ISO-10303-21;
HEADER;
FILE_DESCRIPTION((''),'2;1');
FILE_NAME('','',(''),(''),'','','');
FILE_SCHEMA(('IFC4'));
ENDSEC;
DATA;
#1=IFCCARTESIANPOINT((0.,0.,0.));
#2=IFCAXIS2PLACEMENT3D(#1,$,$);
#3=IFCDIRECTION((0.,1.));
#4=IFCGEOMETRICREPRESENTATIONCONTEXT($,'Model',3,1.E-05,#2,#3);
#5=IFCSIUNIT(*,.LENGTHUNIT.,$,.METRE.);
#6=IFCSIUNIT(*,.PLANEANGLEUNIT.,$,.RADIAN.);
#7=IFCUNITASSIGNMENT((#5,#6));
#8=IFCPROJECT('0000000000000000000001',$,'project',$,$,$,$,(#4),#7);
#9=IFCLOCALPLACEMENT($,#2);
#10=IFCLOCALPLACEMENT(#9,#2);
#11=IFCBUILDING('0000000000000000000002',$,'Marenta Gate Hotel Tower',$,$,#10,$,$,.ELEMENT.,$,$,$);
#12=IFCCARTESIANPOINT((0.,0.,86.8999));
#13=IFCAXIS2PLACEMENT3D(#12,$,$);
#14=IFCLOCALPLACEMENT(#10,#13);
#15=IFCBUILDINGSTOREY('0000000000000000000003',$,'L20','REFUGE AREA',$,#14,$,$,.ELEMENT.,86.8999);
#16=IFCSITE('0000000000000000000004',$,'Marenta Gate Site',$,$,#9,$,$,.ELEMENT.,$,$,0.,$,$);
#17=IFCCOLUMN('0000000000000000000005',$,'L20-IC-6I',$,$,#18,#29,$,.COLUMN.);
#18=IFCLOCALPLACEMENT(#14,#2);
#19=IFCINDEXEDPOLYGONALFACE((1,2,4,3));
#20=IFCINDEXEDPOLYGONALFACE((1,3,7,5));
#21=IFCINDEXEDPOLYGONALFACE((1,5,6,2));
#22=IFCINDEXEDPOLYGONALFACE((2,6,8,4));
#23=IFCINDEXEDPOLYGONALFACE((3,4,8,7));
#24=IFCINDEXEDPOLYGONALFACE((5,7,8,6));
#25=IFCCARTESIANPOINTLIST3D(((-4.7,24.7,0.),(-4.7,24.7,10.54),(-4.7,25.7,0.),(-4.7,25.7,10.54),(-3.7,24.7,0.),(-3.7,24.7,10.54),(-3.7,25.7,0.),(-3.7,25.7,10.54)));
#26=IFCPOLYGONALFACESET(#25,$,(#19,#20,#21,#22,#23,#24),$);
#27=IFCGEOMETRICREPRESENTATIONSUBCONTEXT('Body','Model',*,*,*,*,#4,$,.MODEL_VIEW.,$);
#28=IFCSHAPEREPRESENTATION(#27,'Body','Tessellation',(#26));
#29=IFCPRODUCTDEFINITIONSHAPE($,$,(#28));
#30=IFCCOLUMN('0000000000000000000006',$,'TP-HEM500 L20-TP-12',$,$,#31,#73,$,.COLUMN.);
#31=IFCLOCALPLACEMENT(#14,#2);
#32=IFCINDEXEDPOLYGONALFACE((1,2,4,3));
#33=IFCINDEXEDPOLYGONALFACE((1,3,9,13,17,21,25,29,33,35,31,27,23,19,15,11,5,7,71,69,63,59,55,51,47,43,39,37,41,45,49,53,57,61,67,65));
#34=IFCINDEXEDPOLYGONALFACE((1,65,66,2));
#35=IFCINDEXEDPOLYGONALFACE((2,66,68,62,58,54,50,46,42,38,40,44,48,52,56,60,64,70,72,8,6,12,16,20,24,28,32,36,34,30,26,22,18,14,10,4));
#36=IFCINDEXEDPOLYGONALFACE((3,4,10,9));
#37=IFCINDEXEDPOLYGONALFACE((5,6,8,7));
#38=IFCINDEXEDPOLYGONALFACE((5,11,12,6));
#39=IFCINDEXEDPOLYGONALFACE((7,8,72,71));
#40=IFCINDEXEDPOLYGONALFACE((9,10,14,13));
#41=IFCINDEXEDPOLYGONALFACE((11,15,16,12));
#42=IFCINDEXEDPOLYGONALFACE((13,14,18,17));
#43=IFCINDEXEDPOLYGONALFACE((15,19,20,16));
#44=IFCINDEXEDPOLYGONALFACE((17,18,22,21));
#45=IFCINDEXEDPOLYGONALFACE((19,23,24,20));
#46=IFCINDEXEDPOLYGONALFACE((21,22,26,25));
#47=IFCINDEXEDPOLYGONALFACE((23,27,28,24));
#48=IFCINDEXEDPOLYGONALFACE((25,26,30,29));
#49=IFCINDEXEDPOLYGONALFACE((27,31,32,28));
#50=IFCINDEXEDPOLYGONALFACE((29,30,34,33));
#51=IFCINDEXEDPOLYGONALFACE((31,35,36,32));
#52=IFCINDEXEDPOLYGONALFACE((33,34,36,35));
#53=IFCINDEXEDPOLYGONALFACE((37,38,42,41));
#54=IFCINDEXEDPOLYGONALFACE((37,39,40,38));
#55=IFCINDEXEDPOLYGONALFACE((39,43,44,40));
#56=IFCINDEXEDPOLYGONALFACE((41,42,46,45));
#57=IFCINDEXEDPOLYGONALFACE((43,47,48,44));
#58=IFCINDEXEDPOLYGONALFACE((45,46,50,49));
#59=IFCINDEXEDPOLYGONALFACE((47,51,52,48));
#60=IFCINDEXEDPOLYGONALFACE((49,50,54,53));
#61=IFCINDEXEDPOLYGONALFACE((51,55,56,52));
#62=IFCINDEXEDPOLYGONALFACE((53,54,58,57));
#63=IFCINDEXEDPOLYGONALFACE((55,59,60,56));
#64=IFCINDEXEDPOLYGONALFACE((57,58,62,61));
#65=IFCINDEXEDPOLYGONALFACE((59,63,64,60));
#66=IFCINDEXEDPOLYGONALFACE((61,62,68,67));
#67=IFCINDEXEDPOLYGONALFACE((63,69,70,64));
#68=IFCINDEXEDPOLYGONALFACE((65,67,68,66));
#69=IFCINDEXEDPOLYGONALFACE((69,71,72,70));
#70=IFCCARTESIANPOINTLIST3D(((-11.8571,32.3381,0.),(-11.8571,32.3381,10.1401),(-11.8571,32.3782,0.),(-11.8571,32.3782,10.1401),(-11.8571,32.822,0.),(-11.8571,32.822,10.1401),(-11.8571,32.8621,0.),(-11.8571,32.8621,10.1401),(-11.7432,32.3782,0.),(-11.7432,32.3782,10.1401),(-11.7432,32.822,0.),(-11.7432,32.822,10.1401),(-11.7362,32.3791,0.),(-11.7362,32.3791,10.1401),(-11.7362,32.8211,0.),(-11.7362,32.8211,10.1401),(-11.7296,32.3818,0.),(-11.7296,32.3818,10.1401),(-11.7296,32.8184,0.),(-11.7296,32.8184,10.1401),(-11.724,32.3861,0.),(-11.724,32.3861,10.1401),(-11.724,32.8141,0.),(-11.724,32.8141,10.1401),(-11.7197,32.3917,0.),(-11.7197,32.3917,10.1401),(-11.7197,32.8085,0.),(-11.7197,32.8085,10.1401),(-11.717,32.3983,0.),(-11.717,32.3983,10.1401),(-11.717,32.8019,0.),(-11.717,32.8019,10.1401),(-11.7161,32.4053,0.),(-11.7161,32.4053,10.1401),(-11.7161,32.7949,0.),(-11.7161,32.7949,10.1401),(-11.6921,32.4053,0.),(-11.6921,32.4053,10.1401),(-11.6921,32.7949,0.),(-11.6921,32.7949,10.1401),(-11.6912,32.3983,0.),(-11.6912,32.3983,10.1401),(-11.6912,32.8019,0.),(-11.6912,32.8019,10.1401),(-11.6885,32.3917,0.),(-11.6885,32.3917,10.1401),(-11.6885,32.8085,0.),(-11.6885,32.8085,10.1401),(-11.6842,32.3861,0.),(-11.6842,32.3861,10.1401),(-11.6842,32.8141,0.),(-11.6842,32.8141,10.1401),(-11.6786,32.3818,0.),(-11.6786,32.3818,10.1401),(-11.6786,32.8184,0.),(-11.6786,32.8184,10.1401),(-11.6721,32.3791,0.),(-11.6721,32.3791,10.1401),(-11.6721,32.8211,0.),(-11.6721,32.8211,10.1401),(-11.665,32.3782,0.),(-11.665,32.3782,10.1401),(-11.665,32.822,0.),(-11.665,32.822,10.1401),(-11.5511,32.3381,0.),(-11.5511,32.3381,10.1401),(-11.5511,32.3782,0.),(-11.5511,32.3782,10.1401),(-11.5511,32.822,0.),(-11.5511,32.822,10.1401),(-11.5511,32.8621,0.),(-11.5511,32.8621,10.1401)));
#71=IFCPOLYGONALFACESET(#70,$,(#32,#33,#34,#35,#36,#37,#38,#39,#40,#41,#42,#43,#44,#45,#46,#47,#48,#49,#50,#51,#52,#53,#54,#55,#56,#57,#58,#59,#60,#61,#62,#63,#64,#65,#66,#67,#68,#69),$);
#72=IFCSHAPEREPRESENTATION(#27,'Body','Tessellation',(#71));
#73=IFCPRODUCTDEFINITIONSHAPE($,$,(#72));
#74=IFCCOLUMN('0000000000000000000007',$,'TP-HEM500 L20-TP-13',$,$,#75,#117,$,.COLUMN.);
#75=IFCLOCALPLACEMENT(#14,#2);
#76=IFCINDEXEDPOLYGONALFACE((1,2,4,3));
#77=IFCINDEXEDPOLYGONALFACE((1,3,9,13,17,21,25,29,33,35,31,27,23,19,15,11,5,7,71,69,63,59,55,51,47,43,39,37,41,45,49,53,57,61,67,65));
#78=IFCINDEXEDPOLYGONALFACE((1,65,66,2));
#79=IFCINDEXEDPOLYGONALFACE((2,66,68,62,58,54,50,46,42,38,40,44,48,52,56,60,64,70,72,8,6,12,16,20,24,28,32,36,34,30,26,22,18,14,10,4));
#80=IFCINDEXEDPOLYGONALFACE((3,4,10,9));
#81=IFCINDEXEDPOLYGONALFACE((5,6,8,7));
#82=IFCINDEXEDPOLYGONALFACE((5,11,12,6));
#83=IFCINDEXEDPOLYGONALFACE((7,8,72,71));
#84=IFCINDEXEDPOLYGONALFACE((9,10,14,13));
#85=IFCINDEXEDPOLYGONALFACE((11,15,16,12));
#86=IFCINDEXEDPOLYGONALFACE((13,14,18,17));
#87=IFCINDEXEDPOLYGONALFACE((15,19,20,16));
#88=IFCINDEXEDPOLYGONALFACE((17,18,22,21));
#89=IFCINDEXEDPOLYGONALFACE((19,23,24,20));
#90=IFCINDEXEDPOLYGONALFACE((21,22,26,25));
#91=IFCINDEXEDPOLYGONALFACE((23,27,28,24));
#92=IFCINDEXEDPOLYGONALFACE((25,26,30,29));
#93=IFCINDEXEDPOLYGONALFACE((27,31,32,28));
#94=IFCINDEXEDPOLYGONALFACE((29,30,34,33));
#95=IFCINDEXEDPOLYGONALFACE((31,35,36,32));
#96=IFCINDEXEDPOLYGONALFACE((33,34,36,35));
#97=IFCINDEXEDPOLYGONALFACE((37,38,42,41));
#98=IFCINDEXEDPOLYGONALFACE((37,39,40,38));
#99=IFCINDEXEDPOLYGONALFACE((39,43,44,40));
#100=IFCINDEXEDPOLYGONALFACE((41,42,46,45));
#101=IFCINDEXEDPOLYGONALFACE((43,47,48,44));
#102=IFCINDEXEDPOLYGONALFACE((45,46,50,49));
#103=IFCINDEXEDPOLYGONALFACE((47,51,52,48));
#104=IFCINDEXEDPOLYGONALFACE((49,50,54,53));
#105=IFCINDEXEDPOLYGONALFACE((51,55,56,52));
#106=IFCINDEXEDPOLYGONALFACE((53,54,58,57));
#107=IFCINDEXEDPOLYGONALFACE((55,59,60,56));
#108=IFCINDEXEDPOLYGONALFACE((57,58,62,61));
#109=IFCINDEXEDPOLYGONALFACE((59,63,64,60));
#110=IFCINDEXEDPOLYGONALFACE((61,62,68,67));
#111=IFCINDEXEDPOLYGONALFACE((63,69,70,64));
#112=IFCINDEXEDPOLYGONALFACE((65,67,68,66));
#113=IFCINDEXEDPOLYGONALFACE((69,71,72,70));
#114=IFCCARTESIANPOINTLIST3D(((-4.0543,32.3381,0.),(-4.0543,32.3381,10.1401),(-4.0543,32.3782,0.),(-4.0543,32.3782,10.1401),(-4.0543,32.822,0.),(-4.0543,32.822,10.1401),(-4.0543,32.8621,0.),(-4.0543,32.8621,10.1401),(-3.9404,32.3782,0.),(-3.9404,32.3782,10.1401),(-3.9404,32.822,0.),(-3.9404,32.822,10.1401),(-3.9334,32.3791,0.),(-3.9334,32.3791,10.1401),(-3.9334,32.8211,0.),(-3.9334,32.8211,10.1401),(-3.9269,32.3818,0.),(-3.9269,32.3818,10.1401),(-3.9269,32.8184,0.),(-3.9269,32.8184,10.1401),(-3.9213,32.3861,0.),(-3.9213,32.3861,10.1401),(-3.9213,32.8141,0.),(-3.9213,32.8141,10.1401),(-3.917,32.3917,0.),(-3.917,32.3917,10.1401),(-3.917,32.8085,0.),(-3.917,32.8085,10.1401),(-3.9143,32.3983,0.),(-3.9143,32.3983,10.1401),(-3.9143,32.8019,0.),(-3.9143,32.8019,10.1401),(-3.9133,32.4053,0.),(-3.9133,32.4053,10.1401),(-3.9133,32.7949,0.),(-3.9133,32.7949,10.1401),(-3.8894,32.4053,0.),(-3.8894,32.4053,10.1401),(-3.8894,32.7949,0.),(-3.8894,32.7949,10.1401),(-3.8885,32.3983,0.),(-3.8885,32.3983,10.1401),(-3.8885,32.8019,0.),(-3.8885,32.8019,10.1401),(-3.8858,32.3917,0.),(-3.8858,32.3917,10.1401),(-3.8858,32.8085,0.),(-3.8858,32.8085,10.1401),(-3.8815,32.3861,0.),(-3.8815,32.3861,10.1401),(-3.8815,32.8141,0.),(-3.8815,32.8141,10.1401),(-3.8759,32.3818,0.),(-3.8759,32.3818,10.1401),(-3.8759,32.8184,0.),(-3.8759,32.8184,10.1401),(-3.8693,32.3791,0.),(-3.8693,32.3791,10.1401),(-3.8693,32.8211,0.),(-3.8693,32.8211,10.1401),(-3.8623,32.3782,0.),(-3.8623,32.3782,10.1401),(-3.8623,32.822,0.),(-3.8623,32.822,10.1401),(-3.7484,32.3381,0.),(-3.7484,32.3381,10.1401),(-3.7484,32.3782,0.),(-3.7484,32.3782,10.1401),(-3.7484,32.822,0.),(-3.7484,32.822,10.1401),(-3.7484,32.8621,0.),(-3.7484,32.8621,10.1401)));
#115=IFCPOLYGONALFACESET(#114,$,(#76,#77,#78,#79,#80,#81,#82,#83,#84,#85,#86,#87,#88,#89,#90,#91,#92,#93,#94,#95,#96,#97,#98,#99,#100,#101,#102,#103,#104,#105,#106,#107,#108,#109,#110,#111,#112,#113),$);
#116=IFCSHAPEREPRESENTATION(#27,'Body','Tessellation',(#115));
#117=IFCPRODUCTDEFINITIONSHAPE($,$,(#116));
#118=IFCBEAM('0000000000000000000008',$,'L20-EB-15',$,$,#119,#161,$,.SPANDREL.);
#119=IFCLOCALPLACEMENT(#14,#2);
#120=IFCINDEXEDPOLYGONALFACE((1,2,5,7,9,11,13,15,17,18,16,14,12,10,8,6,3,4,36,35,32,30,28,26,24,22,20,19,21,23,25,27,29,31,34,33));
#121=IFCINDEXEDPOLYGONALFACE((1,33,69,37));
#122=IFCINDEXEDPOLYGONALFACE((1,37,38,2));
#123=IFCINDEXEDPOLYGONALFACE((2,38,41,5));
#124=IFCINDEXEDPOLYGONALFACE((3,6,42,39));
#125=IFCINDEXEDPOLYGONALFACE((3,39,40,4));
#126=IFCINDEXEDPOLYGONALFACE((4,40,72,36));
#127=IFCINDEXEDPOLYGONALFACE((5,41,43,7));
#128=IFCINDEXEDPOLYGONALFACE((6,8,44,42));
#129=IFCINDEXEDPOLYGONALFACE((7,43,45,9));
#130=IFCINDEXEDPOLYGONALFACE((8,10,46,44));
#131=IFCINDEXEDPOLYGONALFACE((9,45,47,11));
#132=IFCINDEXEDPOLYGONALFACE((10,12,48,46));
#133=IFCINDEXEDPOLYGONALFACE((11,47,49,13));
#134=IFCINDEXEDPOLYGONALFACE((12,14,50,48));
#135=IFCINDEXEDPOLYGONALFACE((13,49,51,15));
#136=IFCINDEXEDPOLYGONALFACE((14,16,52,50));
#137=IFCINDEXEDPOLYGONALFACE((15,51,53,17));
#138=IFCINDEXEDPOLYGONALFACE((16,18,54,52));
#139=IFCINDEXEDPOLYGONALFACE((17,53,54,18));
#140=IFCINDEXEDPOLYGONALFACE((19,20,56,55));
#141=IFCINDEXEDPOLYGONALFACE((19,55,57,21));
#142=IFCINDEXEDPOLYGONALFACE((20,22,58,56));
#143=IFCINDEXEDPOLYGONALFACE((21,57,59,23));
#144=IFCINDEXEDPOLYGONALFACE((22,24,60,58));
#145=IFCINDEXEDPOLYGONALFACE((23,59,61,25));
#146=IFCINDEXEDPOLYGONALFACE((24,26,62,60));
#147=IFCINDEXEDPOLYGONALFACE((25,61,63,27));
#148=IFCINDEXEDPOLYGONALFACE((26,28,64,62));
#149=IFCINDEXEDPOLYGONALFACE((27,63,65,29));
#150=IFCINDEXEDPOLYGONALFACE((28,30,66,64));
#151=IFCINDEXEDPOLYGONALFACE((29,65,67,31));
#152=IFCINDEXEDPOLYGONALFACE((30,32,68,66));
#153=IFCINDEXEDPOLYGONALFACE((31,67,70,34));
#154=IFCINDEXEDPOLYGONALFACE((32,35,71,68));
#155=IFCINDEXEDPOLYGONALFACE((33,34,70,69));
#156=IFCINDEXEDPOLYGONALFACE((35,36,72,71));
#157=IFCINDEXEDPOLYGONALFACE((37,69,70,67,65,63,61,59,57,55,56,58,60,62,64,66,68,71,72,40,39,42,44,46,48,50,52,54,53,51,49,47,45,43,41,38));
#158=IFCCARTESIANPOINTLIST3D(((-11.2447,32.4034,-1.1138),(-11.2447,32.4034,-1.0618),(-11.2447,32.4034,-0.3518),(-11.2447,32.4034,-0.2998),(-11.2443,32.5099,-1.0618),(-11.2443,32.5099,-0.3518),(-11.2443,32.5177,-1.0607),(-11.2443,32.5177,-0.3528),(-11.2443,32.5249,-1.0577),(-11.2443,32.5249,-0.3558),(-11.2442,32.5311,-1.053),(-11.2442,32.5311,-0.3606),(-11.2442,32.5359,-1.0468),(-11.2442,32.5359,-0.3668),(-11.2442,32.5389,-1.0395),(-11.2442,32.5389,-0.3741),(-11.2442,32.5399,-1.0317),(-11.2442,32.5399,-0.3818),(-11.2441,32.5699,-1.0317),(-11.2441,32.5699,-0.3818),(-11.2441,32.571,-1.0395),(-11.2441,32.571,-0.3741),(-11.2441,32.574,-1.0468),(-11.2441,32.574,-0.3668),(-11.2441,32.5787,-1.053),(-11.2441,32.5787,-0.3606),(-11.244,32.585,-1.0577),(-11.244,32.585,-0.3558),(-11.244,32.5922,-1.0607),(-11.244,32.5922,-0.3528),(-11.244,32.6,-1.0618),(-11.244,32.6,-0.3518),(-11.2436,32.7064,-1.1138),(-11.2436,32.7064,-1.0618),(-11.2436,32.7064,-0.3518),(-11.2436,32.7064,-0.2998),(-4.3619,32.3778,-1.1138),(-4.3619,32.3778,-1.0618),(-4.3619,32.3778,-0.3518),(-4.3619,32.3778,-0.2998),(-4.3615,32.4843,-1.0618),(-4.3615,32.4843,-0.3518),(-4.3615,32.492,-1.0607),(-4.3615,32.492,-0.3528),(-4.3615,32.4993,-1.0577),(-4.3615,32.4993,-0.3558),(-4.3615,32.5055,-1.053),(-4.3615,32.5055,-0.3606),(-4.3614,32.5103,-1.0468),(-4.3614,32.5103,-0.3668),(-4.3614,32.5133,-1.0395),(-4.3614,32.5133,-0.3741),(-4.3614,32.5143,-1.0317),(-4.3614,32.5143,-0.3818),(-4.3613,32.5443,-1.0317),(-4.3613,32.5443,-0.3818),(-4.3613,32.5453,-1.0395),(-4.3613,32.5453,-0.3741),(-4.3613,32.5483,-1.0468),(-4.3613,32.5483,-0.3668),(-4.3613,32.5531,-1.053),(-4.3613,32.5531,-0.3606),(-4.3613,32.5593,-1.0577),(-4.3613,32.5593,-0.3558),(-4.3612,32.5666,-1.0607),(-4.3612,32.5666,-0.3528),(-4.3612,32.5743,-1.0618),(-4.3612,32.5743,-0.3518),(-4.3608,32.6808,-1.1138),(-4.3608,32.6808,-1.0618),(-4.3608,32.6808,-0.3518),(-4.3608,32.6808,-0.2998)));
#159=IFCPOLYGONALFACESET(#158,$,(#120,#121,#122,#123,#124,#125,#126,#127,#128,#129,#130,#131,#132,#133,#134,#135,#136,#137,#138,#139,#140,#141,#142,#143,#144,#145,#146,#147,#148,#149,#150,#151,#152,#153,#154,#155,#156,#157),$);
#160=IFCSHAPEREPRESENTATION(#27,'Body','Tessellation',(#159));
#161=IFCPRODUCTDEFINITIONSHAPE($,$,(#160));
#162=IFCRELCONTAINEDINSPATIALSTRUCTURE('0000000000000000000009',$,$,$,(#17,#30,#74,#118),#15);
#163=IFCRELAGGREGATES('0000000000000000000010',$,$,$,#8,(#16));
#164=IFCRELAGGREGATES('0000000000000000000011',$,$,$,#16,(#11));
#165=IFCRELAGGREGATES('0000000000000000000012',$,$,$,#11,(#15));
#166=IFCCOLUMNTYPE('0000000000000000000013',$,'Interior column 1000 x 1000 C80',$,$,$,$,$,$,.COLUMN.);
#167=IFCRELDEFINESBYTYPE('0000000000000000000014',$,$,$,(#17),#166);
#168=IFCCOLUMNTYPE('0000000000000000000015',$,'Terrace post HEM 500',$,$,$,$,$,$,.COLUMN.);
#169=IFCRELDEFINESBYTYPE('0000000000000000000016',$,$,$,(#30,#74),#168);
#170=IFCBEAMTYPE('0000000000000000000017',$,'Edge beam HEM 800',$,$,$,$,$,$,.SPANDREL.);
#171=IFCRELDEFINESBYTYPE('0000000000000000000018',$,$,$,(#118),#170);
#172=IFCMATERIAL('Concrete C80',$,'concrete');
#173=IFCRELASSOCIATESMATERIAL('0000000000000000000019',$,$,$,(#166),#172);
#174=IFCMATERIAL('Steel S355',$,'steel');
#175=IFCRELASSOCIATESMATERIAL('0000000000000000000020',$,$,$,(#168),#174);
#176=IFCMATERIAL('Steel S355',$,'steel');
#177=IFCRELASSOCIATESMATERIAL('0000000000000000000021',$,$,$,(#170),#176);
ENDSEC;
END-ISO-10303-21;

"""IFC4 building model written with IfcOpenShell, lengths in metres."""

from ifc_helpers import new_model, si_unit, direction, frame, origin, origin_2d, place, context, subcontext, project, spatial, rectangle, i_section, extrude, material, material_profile, profile_set, type_object, element, save


model = new_model("IFC4")

# Units and contexts
model_context = context("Model", 3, precision=1e-05, world=origin(), true_north=direction((0.0, 1.0)))
body_context = subcontext(model_context, "Body", "Model", "MODEL_VIEW")
ifc_project = project(units=[si_unit("LENGTHUNIT", "METRE"), si_unit("PLANEANGLEUNIT", "RADIAN")], contexts=[model_context])

# Site, building, storey
site_placement = place(None, origin())
site = spatial("IfcSite", under=ifc_project, at=site_placement, Name="Marenta Gate Site", CompositionType="ELEMENT", RefElevation=0.0)
building_placement = place(site_placement, origin())
building = spatial("IfcBuilding", under=site, at=building_placement, Name="Marenta Gate Hotel Tower", CompositionType="ELEMENT")
storey_placement = place(building_placement, frame((0.0, 0.0, 86.8999)))
storey = spatial("IfcBuildingStorey", under=building, at=storey_placement, Name="L20", Description="REFUGE AREA", CompositionType="ELEMENT", Elevation=86.8999)

# Columns
ifc_material_1 = material(Name="Concrete C80", Category="concrete")
ifc_material_profile_1 = material_profile(ifc_material_1, rectangle(XDim=1.0, YDim=1.0, at=origin_2d()), Name="1000 x 1000")
ifc_profile_set_1 = profile_set([ifc_material_profile_1], Name="Concrete C80")
column_type_1 = type_object("IfcColumnType", Name="Interior column 1000 x 1000 C80", PredefinedType="COLUMN", material=ifc_profile_set_1)
column_placement = place(storey_placement, frame((-4.2, 25.2, 0.0), z_axis=(0.0, 0.0, 1.0), x_axis=(1.0, 0.0, 0.0)))
element("IfcColumn", 1, at=column_placement, inside=storey, type_object=column_type_1, Name="L20-IC-6I", PredefinedType="COLUMN", context=body_context, shape_type="SweptSolid", body=[
    extrude(rectangle(XDim=1.0, YDim=1.0, at=origin_2d()), origin(), (0.0, 0.0, 1.0), 10.54),
])
ifc_material_2 = material(Name="Steel S355", Category="steel")
ifc_material_profile_2 = material_profile(ifc_material_2, i_section(OverallWidth=0.3059, OverallDepth=0.5239, WebThickness=0.0239, FlangeThickness=0.04, FilletRadius=0.0271, at=origin_2d()), Name="HEM 500")
ifc_profile_set_2 = profile_set([ifc_material_profile_2], Name="Steel S355")
column_type_2 = type_object("IfcColumnType", Name="Terrace post HEM 500", PredefinedType="COLUMN", material=ifc_profile_set_2)
for number, where, z_axis, x_axis, name in (
    (2, (-11.7041, 32.6001, 0.0), (0.0, 0.0, 1.0), (1.0, 0.0, 0.0), "TP-HEM500 L20-TP-12"),
    (3, (-3.9014, 32.6001, 0.0), (0.0, 0.0, 1.0), (1.0, 0.0, 0.0), "TP-HEM500 L20-TP-13"),
):
    element("IfcColumn", number, at=place(storey_placement, frame(where, z_axis=z_axis, x_axis=x_axis)), inside=storey, type_object=column_type_2, Name=name, PredefinedType="COLUMN", context=body_context, shape_type="SweptSolid", body=[
        extrude(i_section(OverallWidth=0.3059, OverallDepth=0.5239, WebThickness=0.0239, FlangeThickness=0.04, FilletRadius=0.0271, at=origin_2d()), origin(), (0.0, 0.0, 1.0), 10.1401),
    ])

# Beam
ifc_material_3 = material(Name="Steel S355", Category="steel")
ifc_material_profile_3 = material_profile(ifc_material_3, i_section(OverallWidth=0.303, OverallDepth=0.814, WebThickness=0.03, FlangeThickness=0.052, FilletRadius=0.03, at=origin_2d()), Name="HEM 800")
ifc_profile_set_3 = profile_set([ifc_material_profile_3], Name="Steel S355")
beam_type_1 = type_object("IfcBeamType", Name="Edge beam HEM 800", PredefinedType="SPANDREL", material=ifc_profile_set_3)
for number, where, z_axis, x_axis, name in (
    (4, (-11.2441, 32.5549, -0.7068), (0.999993, -0.003724, 0.0), (0.003724, 0.999993, 0.0), "L20-EB-15"),
):
    element("IfcBeam", number, at=place(storey_placement, frame(where, z_axis=z_axis, x_axis=x_axis)), inside=storey, type_object=beam_type_1, Name=name, PredefinedType="SPANDREL", context=body_context, shape_type="SweptSolid", body=[
        extrude(i_section(OverallWidth=0.303, OverallDepth=0.814, WebThickness=0.03, FlangeThickness=0.052, FilletRadius=0.03, at=origin_2d()), origin(), (0.0, 0.0, 1.0), 6.8828),
    ])

save(model, "model.ifc")
